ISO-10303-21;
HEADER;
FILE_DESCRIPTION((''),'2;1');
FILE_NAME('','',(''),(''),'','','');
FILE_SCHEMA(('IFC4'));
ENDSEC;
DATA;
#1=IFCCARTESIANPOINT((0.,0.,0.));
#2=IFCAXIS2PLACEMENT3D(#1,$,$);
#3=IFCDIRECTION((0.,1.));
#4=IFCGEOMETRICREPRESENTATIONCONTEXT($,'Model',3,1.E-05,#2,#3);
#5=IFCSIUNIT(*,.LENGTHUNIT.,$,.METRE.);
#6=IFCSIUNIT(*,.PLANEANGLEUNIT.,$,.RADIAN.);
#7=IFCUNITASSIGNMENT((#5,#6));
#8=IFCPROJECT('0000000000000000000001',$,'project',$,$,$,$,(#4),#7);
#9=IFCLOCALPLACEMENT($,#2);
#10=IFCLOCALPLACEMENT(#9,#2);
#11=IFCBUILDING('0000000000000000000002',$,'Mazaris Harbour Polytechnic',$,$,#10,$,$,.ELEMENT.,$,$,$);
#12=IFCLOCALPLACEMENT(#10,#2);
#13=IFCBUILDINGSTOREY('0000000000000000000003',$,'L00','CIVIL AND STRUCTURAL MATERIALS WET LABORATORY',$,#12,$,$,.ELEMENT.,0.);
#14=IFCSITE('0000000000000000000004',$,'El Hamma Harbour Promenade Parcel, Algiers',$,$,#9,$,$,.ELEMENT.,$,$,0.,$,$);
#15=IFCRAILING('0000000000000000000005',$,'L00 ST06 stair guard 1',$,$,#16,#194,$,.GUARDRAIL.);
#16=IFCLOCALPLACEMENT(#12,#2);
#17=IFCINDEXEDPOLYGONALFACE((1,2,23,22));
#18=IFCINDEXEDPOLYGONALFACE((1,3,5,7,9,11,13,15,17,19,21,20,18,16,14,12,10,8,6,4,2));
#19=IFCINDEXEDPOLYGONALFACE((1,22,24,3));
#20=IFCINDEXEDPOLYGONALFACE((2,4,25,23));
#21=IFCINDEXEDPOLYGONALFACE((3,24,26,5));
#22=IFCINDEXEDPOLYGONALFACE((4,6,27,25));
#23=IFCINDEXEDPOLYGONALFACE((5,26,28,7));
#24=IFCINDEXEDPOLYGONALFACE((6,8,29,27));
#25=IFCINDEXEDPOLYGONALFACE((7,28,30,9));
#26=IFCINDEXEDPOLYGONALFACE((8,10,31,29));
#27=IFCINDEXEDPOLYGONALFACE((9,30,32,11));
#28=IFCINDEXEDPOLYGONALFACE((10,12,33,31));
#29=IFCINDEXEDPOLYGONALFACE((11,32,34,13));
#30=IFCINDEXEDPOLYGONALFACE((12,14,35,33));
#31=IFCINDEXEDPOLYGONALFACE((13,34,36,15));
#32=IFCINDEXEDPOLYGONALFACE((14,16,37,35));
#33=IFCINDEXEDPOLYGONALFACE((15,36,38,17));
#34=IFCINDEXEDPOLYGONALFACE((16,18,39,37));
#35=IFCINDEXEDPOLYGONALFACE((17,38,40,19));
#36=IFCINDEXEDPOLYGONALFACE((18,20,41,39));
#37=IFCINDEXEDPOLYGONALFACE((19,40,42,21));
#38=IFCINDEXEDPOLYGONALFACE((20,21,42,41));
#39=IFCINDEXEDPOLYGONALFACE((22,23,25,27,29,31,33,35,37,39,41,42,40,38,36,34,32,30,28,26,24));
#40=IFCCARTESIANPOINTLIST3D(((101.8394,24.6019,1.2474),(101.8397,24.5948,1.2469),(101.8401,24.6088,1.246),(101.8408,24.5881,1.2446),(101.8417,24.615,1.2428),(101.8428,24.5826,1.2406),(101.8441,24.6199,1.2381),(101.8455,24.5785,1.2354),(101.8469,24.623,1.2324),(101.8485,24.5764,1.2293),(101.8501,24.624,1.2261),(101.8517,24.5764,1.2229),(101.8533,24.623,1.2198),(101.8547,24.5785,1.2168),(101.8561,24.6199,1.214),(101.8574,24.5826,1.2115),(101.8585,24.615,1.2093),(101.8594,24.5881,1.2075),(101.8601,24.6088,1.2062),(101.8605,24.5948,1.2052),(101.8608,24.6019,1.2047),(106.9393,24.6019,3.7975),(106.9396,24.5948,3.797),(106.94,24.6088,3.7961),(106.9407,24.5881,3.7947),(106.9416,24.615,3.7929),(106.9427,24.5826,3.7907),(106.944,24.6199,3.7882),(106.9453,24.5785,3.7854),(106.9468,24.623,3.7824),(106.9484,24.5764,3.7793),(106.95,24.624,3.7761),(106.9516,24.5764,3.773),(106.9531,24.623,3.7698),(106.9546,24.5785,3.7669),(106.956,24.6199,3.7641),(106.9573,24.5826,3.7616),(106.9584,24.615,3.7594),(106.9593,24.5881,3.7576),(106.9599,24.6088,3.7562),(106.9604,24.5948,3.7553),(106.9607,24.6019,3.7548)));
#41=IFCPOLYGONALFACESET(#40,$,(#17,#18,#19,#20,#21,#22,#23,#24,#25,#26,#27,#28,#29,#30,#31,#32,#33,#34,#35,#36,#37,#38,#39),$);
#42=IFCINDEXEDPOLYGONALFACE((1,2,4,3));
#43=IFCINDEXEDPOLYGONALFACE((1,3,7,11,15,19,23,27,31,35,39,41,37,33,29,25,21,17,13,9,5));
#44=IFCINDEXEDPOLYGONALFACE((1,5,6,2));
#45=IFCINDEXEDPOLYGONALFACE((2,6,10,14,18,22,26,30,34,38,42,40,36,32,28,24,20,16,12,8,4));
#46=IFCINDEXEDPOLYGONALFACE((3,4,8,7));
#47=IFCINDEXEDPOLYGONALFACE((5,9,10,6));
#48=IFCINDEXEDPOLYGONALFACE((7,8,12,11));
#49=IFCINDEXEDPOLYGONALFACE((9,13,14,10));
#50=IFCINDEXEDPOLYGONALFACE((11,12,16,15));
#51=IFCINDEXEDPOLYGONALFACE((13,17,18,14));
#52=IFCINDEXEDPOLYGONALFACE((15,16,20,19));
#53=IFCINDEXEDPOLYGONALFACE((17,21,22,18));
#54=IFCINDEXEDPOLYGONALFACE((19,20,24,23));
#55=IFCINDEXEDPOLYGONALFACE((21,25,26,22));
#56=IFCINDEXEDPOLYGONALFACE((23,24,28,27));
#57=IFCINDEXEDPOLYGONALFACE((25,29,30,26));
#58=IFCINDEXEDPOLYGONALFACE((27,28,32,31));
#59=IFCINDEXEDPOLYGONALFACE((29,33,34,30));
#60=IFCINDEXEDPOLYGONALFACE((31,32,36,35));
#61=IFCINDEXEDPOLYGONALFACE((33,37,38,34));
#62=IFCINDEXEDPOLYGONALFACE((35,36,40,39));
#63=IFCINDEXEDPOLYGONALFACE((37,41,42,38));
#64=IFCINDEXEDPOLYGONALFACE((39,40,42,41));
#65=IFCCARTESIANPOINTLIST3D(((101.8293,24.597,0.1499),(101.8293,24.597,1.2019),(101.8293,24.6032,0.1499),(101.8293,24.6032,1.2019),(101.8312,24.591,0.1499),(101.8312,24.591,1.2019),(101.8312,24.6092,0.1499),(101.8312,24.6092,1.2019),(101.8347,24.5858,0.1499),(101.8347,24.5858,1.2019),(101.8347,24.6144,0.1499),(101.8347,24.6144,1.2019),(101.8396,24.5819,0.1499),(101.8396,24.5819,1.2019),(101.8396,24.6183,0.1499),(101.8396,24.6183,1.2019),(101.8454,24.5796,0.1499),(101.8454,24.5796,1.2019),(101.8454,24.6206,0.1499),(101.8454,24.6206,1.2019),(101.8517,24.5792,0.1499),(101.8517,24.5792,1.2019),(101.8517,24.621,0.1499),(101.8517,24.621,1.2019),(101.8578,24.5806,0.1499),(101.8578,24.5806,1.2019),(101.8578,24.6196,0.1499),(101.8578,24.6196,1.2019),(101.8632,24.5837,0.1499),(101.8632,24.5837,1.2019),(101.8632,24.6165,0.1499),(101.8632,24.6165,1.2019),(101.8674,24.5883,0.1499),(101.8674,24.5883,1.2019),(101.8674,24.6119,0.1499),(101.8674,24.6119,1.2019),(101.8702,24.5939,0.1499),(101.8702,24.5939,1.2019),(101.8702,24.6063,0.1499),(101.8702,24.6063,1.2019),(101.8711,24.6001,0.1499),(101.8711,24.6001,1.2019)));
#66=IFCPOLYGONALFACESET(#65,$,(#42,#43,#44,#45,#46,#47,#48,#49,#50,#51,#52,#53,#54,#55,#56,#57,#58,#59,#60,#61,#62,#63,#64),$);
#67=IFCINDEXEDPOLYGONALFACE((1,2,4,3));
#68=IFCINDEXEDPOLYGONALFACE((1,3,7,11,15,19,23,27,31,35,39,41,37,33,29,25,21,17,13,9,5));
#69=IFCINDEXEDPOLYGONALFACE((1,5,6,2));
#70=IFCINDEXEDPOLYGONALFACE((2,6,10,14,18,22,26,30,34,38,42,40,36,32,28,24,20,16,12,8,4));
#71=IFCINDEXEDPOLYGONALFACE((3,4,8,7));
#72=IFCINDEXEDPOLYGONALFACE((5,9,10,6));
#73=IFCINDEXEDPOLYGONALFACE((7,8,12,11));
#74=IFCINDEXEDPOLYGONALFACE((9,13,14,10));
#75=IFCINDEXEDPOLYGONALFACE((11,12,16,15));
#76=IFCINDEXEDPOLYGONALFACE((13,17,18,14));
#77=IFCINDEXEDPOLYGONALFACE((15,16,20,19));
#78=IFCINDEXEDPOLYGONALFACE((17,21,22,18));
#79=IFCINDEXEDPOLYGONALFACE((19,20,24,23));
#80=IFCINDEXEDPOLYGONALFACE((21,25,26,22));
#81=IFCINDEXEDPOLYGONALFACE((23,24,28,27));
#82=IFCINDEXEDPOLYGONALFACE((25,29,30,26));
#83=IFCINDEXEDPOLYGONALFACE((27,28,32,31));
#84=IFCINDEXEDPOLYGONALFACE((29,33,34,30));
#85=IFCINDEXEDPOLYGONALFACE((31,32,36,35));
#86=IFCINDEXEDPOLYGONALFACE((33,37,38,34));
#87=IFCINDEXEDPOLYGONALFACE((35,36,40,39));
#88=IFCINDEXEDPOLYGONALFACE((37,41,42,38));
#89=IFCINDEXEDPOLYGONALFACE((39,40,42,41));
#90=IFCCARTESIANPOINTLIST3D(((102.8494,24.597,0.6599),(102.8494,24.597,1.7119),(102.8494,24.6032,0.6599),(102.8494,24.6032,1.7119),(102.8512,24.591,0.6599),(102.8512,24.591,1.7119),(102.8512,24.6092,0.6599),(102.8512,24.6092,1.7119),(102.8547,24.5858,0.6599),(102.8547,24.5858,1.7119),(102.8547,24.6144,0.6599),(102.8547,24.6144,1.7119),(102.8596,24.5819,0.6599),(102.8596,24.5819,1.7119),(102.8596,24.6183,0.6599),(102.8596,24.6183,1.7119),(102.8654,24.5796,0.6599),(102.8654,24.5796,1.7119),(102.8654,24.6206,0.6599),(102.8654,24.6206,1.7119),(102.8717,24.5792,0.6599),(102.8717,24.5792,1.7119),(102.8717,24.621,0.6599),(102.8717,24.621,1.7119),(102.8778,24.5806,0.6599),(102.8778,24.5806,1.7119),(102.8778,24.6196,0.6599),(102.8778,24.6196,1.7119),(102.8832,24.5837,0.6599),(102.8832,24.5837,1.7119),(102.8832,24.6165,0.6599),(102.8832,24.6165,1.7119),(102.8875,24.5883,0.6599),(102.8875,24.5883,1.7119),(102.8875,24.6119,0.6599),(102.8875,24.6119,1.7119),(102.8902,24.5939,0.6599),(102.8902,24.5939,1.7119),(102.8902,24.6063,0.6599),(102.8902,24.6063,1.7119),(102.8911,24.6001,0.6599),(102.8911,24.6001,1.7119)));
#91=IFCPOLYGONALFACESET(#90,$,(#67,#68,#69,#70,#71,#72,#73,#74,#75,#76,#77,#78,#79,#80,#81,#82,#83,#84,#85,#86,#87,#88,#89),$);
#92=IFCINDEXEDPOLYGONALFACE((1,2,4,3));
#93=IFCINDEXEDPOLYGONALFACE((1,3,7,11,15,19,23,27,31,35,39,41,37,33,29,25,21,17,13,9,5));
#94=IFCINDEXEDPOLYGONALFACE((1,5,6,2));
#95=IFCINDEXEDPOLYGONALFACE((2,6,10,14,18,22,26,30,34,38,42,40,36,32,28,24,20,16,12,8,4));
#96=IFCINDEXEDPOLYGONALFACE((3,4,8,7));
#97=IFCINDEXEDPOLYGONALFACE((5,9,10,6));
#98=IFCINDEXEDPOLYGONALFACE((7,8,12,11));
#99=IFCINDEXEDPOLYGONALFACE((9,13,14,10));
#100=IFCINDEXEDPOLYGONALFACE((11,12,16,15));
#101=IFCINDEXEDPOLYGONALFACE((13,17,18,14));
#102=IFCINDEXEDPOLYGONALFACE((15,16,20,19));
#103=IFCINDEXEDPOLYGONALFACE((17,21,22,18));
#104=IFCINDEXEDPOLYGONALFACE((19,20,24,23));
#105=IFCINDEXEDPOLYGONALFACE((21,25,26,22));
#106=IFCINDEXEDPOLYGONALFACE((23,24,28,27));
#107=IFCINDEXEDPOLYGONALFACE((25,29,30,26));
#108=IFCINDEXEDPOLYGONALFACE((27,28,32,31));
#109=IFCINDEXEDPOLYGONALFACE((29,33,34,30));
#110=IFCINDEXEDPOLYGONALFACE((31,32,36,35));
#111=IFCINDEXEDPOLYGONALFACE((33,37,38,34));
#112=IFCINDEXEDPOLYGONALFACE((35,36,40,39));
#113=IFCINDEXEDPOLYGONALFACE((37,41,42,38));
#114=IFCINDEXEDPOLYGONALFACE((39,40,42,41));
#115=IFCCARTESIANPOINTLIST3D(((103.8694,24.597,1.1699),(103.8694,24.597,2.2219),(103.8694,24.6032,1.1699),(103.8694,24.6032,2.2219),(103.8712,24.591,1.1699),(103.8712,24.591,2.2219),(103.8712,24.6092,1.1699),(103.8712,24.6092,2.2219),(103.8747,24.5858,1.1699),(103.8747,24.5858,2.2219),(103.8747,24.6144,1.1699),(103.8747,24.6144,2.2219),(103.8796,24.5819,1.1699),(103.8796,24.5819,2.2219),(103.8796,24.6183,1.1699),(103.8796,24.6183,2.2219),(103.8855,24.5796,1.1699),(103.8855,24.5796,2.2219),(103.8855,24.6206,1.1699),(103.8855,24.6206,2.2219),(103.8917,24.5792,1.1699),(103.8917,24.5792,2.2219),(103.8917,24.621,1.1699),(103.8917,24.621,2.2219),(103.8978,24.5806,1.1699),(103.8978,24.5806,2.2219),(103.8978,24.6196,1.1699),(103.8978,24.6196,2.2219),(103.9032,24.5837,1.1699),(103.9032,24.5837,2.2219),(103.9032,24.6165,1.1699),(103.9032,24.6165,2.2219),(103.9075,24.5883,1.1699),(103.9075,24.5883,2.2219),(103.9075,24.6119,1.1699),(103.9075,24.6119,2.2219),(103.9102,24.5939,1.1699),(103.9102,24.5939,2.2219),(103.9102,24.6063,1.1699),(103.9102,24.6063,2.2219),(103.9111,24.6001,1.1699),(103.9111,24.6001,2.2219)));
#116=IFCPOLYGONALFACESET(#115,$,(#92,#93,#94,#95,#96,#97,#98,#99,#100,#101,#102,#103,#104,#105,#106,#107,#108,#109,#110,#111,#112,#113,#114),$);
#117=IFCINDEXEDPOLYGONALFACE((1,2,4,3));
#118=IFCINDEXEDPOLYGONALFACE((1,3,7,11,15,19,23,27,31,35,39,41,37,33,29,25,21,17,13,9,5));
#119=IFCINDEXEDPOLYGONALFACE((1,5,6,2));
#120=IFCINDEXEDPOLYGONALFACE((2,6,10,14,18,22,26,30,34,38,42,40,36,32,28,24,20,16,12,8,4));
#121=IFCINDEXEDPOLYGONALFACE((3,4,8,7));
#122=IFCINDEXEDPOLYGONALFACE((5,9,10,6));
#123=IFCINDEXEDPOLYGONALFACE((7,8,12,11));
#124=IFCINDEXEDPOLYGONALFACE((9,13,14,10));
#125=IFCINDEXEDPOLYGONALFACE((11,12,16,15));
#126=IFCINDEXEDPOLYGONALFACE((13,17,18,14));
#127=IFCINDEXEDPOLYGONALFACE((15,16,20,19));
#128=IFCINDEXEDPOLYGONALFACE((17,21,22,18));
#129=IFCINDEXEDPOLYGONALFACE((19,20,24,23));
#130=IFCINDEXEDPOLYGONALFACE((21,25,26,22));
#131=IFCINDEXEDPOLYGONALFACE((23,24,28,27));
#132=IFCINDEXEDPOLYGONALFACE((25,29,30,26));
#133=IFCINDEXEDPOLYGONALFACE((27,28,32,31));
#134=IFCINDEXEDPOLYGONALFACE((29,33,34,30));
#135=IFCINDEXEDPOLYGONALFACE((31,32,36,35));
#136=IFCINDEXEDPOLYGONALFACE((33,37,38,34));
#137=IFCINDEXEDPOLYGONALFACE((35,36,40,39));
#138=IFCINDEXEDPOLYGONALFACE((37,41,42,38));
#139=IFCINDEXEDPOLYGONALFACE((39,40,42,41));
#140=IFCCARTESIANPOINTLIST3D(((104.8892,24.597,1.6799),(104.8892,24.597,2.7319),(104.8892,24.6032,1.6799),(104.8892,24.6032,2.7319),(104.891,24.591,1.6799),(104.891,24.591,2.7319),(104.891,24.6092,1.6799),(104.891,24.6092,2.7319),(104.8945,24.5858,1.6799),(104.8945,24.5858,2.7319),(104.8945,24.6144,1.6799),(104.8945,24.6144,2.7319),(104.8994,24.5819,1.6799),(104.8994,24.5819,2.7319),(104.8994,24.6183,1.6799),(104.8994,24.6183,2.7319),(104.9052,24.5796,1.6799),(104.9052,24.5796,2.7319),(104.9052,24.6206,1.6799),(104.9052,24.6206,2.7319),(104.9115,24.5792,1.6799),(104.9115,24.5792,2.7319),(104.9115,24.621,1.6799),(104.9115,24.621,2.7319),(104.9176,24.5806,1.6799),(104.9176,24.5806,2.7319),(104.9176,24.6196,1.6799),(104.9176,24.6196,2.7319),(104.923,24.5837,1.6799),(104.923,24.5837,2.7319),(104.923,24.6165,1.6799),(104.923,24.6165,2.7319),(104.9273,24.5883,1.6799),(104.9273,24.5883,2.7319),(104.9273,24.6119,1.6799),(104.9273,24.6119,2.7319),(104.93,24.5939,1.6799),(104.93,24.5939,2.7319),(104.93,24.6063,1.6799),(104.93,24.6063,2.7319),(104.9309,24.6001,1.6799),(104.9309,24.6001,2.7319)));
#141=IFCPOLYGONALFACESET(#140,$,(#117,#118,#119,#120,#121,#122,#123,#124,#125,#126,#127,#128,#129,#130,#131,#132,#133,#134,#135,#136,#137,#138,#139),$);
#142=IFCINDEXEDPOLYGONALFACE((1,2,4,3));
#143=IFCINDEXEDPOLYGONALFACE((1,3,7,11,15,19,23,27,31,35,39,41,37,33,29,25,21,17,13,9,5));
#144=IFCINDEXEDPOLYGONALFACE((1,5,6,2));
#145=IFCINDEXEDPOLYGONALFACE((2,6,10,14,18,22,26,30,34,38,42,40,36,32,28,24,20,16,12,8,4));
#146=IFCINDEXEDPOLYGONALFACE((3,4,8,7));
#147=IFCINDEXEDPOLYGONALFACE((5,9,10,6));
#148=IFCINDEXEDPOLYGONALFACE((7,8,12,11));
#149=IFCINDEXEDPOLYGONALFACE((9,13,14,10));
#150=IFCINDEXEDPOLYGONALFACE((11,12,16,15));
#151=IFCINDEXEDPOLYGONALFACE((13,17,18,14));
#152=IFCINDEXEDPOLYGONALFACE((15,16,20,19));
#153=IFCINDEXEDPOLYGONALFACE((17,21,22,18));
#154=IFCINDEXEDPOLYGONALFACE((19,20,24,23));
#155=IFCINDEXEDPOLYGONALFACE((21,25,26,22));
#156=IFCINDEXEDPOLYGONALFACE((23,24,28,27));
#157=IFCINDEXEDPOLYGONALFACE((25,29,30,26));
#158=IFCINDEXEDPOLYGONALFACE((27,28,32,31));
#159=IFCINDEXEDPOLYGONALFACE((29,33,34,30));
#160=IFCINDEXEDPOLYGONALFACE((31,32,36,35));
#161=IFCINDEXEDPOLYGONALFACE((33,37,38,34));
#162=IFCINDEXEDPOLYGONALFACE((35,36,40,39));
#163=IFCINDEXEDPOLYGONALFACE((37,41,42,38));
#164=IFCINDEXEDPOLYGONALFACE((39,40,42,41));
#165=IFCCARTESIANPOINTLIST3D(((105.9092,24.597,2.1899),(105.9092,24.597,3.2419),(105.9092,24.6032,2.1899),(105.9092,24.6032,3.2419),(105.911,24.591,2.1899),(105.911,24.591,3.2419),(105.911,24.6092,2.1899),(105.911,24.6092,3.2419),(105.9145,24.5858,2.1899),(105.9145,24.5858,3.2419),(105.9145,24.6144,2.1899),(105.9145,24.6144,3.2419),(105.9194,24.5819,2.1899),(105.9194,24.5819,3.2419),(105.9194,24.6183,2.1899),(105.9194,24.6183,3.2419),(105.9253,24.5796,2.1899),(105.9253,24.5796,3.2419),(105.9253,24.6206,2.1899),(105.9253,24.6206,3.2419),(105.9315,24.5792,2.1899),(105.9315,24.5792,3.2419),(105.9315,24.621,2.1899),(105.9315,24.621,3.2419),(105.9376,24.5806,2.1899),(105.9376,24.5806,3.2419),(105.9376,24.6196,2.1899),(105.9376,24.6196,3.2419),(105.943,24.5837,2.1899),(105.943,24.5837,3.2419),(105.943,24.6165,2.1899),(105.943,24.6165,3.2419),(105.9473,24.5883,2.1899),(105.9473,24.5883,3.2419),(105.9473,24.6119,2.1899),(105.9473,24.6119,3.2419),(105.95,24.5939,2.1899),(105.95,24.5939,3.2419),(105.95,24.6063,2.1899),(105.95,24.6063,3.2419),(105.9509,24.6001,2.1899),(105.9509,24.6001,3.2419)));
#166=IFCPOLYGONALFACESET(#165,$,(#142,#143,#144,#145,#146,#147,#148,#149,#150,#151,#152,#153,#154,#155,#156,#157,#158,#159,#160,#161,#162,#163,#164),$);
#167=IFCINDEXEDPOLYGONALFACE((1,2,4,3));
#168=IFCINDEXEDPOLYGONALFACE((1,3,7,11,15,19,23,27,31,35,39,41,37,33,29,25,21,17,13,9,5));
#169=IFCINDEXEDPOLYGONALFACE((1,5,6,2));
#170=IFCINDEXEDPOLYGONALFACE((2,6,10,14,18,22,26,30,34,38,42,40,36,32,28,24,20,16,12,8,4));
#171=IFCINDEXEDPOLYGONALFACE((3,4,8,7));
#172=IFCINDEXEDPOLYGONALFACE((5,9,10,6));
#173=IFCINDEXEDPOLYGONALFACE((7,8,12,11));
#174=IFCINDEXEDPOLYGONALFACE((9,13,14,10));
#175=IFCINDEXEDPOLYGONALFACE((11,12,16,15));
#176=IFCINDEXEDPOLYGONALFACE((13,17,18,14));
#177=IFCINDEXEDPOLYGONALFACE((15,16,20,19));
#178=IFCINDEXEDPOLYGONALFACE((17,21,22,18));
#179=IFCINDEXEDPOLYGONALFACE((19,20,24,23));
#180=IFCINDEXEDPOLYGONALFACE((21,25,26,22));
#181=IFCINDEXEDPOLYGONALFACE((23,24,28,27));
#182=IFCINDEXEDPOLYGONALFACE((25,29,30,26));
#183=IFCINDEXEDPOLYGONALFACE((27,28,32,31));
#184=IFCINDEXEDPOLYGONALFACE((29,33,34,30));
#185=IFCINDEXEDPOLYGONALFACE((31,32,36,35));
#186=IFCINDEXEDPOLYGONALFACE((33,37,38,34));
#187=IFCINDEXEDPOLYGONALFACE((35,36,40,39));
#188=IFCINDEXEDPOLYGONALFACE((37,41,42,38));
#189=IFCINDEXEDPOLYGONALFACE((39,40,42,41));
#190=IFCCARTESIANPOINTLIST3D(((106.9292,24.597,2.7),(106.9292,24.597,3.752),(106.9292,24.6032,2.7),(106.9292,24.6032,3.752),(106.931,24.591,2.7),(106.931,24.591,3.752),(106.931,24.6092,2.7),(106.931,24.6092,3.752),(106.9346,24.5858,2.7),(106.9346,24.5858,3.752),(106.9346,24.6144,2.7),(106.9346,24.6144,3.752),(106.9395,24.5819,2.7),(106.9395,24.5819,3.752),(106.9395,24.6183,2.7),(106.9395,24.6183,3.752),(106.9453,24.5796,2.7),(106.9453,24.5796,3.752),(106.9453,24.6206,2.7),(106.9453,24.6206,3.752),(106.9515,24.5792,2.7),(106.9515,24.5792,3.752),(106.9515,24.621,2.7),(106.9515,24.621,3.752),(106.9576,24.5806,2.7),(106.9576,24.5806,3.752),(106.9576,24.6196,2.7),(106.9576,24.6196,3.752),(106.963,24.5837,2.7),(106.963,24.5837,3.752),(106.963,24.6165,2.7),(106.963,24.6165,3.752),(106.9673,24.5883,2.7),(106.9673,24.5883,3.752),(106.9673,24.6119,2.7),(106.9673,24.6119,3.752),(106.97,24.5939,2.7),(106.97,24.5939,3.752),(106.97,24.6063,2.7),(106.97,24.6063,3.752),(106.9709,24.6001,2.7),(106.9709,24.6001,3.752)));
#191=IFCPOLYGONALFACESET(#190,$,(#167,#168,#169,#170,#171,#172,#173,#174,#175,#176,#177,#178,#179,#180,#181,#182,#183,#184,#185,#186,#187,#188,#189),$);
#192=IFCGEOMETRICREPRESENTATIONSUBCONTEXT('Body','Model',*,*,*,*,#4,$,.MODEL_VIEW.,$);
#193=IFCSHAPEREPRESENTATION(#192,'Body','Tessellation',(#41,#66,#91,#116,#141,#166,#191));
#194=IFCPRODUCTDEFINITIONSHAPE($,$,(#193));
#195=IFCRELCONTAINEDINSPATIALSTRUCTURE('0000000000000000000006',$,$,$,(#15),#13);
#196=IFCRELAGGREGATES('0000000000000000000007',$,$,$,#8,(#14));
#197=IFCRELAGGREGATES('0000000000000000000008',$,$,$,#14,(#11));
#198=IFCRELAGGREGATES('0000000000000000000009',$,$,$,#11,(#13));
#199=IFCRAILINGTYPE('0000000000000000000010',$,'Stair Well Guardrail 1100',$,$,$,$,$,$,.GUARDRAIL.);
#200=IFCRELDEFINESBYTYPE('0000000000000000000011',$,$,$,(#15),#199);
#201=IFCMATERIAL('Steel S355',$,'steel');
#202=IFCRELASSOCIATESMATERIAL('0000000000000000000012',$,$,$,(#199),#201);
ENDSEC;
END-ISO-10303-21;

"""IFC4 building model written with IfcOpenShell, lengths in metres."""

from ifc_helpers import new_model, si_unit, direction, frame, origin, origin_2d, place, context, subcontext, project, spatial, circle, extrude, material, type_object, element, save


model = new_model("IFC4")

# Units and contexts
model_context = context("Model", 3, precision=1e-05, world=origin(), true_north=direction((0.0, 1.0)))
body_context = subcontext(model_context, "Body", "Model", "MODEL_VIEW")
ifc_project = project(units=[si_unit("LENGTHUNIT", "METRE"), si_unit("PLANEANGLEUNIT", "RADIAN")], contexts=[model_context])

# Site, building, storey
site_placement = place(None, origin())
site = spatial("IfcSite", under=ifc_project, at=site_placement, Name="El Hamma Harbour Promenade Parcel, Algiers", CompositionType="ELEMENT", RefElevation=0.0)
building_placement = place(site_placement, origin())
building = spatial("IfcBuilding", under=site, at=building_placement, Name="Mazaris Harbour Polytechnic", CompositionType="ELEMENT")
storey_placement = place(building_placement, origin())
storey = spatial("IfcBuildingStorey", under=building, at=storey_placement, Name="L00", Description="CIVIL AND STRUCTURAL MATERIALS WET LABORATORY", CompositionType="ELEMENT", Elevation=0.0)

# Railing
ifc_material_1 = material(Name="Steel S355", Category="steel")
railing_type_1 = type_object("IfcRailingType", Name="Stair Well Guardrail 1100", PredefinedType="GUARDRAIL", material=ifc_material_1)
railing_1_placement = place(storey_placement, frame((101.8501, 24.6001, 0.1499)))
element("IfcRailing", 1, at=railing_1_placement, inside=storey, type_object=railing_type_1, Name="L00 ST06 stair guard 1", PredefinedType="GUARDRAIL", context=body_context, shape_type="SweptSolid", body=[
    extrude(circle(Radius=0.0239, at=origin_2d()), frame((0.0, 0.0, 1.0762), z_axis=(0.894419, 0.0, 0.447231), x_axis=(0.0, 1.0, 0.0)), (0.0, 0.0, 1.0), 5.7019),
    extrude(circle(Radius=0.021, at=origin_2d()), origin(), (0.0, 0.0, 1.0), 1.052),
    extrude(circle(Radius=0.021, at=origin_2d()), frame((1.02, 0.0, 0.51)), (0.0, 0.0, 1.0), 1.052),
    extrude(circle(Radius=0.021, at=origin_2d()), frame((2.04, 0.0, 1.02)), (0.0, 0.0, 1.0), 1.052),
    extrude(circle(Radius=0.021, at=origin_2d()), frame((3.0598, 0.0, 1.53)), (0.0, 0.0, 1.0), 1.052),
    extrude(circle(Radius=0.021, at=origin_2d()), frame((4.0798, 0.0, 2.04)), (0.0, 0.0, 1.0), 1.052),
    extrude(circle(Radius=0.021, at=origin_2d()), frame((5.0999, 0.0, 2.55)), (0.0, 0.0, 1.0), 1.052),
])

save(model, "model.ifc")
